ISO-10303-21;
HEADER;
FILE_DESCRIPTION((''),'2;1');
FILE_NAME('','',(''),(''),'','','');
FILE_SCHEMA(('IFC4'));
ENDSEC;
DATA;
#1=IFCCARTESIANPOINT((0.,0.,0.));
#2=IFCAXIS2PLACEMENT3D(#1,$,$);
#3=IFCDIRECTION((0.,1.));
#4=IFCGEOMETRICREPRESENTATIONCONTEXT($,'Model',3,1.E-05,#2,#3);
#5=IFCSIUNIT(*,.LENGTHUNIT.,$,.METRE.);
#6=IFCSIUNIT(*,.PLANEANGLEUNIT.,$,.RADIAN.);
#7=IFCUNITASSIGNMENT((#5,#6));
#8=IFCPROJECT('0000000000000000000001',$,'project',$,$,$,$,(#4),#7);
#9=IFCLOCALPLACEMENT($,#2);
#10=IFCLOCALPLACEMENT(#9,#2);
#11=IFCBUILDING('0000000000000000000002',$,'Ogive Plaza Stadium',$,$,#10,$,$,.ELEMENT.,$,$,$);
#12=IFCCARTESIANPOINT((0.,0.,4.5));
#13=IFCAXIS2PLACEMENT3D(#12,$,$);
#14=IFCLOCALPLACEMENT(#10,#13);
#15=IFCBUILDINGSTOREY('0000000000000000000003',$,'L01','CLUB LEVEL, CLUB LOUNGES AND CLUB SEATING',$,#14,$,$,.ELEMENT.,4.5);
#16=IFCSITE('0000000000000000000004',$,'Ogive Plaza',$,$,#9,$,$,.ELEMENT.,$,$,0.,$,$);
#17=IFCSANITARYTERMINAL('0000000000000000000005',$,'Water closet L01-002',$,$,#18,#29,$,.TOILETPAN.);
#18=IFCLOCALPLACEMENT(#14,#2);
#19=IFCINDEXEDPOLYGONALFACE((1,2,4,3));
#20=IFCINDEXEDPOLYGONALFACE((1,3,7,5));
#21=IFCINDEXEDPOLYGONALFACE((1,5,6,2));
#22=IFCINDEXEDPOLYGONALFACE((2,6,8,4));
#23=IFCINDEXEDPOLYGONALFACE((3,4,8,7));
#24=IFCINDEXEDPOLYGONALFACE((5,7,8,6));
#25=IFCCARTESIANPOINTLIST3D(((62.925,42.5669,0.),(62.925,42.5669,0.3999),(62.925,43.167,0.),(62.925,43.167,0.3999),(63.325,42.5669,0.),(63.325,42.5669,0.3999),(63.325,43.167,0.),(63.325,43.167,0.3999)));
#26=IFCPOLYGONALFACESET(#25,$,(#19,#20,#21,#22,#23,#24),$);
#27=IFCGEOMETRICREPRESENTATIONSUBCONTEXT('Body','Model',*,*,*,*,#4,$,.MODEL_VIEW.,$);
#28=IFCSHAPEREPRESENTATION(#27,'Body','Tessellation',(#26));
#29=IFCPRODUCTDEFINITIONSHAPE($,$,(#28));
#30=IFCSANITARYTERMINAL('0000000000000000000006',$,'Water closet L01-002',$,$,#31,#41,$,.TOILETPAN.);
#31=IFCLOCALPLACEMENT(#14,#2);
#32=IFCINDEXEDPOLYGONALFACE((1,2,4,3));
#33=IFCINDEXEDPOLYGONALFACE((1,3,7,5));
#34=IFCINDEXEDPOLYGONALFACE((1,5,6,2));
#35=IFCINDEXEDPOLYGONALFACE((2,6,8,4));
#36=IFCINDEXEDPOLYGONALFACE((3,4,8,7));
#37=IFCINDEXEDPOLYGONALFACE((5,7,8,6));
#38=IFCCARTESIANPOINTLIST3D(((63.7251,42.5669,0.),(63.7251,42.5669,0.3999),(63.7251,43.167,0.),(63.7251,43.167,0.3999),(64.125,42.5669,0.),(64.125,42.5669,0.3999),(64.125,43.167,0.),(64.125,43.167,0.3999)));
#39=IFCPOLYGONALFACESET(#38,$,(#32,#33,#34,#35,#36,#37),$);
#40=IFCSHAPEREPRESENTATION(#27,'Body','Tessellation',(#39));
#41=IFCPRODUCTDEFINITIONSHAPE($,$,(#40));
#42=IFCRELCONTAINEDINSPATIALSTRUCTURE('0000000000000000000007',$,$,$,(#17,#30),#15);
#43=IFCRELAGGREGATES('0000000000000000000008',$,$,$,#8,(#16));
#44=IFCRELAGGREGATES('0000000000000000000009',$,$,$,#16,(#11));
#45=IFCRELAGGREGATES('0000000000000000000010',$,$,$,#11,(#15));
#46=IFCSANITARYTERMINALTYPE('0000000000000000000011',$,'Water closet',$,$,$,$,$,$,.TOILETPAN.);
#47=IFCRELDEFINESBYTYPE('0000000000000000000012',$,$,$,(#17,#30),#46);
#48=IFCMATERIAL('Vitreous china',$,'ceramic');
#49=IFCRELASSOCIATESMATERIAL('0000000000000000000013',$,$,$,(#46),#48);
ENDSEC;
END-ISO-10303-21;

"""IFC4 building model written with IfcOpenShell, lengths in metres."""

from ifc_helpers import new_model, si_unit, direction, frame, origin, origin_2d, place, context, subcontext, project, spatial, rectangle, extrude, material, type_object, element, save


model = new_model("IFC4")

# Units and contexts
model_context = context("Model", 3, precision=1e-05, world=origin(), true_north=direction((0.0, 1.0)))
body_context = subcontext(model_context, "Body", "Model", "MODEL_VIEW")
ifc_project = project(units=[si_unit("LENGTHUNIT", "METRE"), si_unit("PLANEANGLEUNIT", "RADIAN")], contexts=[model_context])

# Site, building, storey
site_placement = place(None, origin())
site = spatial("IfcSite", under=ifc_project, at=site_placement, Name="Ogive Plaza", CompositionType="ELEMENT", RefElevation=0.0)
building_placement = place(site_placement, origin())
building = spatial("IfcBuilding", under=site, at=building_placement, Name="Ogive Plaza Stadium", CompositionType="ELEMENT")
storey_placement = place(building_placement, frame((0.0, 0.0, 4.5)))
storey = spatial("IfcBuildingStorey", under=building, at=storey_placement, Name="L01", Description="CLUB LEVEL, CLUB LOUNGES AND CLUB SEATING", CompositionType="ELEMENT", Elevation=4.5)

# Sanitary terminals
ifc_material_1 = material(Name="Vitreous china", Category="ceramic")
sanitary_terminal_type_1 = type_object("IfcSanitaryTerminalType", Name="Water closet", PredefinedType="TOILETPAN", material=ifc_material_1)
for number, where, z_axis, x_axis, name in (
    (1, (63.125, 42.8669, 0.0), (0.0, 0.0, 1.0), (1.0, 0.0, 0.0), "Water closet L01-002"),
    (2, (63.925, 42.8669, 0.0), (0.0, 0.0, 1.0), (1.0, 0.0, 0.0), "Water closet L01-002"),
):
    element("IfcSanitaryTerminal", number, at=place(storey_placement, frame(where, z_axis=z_axis, x_axis=x_axis)), inside=storey, type_object=sanitary_terminal_type_1, Name=name, PredefinedType="TOILETPAN", context=body_context, shape_type="SweptSolid", body=[
        extrude(rectangle(XDim=0.3999, YDim=0.6001, at=origin_2d()), origin(), (0.0, 0.0, 1.0), 0.3999),
    ])

save(model, "model.ifc")
